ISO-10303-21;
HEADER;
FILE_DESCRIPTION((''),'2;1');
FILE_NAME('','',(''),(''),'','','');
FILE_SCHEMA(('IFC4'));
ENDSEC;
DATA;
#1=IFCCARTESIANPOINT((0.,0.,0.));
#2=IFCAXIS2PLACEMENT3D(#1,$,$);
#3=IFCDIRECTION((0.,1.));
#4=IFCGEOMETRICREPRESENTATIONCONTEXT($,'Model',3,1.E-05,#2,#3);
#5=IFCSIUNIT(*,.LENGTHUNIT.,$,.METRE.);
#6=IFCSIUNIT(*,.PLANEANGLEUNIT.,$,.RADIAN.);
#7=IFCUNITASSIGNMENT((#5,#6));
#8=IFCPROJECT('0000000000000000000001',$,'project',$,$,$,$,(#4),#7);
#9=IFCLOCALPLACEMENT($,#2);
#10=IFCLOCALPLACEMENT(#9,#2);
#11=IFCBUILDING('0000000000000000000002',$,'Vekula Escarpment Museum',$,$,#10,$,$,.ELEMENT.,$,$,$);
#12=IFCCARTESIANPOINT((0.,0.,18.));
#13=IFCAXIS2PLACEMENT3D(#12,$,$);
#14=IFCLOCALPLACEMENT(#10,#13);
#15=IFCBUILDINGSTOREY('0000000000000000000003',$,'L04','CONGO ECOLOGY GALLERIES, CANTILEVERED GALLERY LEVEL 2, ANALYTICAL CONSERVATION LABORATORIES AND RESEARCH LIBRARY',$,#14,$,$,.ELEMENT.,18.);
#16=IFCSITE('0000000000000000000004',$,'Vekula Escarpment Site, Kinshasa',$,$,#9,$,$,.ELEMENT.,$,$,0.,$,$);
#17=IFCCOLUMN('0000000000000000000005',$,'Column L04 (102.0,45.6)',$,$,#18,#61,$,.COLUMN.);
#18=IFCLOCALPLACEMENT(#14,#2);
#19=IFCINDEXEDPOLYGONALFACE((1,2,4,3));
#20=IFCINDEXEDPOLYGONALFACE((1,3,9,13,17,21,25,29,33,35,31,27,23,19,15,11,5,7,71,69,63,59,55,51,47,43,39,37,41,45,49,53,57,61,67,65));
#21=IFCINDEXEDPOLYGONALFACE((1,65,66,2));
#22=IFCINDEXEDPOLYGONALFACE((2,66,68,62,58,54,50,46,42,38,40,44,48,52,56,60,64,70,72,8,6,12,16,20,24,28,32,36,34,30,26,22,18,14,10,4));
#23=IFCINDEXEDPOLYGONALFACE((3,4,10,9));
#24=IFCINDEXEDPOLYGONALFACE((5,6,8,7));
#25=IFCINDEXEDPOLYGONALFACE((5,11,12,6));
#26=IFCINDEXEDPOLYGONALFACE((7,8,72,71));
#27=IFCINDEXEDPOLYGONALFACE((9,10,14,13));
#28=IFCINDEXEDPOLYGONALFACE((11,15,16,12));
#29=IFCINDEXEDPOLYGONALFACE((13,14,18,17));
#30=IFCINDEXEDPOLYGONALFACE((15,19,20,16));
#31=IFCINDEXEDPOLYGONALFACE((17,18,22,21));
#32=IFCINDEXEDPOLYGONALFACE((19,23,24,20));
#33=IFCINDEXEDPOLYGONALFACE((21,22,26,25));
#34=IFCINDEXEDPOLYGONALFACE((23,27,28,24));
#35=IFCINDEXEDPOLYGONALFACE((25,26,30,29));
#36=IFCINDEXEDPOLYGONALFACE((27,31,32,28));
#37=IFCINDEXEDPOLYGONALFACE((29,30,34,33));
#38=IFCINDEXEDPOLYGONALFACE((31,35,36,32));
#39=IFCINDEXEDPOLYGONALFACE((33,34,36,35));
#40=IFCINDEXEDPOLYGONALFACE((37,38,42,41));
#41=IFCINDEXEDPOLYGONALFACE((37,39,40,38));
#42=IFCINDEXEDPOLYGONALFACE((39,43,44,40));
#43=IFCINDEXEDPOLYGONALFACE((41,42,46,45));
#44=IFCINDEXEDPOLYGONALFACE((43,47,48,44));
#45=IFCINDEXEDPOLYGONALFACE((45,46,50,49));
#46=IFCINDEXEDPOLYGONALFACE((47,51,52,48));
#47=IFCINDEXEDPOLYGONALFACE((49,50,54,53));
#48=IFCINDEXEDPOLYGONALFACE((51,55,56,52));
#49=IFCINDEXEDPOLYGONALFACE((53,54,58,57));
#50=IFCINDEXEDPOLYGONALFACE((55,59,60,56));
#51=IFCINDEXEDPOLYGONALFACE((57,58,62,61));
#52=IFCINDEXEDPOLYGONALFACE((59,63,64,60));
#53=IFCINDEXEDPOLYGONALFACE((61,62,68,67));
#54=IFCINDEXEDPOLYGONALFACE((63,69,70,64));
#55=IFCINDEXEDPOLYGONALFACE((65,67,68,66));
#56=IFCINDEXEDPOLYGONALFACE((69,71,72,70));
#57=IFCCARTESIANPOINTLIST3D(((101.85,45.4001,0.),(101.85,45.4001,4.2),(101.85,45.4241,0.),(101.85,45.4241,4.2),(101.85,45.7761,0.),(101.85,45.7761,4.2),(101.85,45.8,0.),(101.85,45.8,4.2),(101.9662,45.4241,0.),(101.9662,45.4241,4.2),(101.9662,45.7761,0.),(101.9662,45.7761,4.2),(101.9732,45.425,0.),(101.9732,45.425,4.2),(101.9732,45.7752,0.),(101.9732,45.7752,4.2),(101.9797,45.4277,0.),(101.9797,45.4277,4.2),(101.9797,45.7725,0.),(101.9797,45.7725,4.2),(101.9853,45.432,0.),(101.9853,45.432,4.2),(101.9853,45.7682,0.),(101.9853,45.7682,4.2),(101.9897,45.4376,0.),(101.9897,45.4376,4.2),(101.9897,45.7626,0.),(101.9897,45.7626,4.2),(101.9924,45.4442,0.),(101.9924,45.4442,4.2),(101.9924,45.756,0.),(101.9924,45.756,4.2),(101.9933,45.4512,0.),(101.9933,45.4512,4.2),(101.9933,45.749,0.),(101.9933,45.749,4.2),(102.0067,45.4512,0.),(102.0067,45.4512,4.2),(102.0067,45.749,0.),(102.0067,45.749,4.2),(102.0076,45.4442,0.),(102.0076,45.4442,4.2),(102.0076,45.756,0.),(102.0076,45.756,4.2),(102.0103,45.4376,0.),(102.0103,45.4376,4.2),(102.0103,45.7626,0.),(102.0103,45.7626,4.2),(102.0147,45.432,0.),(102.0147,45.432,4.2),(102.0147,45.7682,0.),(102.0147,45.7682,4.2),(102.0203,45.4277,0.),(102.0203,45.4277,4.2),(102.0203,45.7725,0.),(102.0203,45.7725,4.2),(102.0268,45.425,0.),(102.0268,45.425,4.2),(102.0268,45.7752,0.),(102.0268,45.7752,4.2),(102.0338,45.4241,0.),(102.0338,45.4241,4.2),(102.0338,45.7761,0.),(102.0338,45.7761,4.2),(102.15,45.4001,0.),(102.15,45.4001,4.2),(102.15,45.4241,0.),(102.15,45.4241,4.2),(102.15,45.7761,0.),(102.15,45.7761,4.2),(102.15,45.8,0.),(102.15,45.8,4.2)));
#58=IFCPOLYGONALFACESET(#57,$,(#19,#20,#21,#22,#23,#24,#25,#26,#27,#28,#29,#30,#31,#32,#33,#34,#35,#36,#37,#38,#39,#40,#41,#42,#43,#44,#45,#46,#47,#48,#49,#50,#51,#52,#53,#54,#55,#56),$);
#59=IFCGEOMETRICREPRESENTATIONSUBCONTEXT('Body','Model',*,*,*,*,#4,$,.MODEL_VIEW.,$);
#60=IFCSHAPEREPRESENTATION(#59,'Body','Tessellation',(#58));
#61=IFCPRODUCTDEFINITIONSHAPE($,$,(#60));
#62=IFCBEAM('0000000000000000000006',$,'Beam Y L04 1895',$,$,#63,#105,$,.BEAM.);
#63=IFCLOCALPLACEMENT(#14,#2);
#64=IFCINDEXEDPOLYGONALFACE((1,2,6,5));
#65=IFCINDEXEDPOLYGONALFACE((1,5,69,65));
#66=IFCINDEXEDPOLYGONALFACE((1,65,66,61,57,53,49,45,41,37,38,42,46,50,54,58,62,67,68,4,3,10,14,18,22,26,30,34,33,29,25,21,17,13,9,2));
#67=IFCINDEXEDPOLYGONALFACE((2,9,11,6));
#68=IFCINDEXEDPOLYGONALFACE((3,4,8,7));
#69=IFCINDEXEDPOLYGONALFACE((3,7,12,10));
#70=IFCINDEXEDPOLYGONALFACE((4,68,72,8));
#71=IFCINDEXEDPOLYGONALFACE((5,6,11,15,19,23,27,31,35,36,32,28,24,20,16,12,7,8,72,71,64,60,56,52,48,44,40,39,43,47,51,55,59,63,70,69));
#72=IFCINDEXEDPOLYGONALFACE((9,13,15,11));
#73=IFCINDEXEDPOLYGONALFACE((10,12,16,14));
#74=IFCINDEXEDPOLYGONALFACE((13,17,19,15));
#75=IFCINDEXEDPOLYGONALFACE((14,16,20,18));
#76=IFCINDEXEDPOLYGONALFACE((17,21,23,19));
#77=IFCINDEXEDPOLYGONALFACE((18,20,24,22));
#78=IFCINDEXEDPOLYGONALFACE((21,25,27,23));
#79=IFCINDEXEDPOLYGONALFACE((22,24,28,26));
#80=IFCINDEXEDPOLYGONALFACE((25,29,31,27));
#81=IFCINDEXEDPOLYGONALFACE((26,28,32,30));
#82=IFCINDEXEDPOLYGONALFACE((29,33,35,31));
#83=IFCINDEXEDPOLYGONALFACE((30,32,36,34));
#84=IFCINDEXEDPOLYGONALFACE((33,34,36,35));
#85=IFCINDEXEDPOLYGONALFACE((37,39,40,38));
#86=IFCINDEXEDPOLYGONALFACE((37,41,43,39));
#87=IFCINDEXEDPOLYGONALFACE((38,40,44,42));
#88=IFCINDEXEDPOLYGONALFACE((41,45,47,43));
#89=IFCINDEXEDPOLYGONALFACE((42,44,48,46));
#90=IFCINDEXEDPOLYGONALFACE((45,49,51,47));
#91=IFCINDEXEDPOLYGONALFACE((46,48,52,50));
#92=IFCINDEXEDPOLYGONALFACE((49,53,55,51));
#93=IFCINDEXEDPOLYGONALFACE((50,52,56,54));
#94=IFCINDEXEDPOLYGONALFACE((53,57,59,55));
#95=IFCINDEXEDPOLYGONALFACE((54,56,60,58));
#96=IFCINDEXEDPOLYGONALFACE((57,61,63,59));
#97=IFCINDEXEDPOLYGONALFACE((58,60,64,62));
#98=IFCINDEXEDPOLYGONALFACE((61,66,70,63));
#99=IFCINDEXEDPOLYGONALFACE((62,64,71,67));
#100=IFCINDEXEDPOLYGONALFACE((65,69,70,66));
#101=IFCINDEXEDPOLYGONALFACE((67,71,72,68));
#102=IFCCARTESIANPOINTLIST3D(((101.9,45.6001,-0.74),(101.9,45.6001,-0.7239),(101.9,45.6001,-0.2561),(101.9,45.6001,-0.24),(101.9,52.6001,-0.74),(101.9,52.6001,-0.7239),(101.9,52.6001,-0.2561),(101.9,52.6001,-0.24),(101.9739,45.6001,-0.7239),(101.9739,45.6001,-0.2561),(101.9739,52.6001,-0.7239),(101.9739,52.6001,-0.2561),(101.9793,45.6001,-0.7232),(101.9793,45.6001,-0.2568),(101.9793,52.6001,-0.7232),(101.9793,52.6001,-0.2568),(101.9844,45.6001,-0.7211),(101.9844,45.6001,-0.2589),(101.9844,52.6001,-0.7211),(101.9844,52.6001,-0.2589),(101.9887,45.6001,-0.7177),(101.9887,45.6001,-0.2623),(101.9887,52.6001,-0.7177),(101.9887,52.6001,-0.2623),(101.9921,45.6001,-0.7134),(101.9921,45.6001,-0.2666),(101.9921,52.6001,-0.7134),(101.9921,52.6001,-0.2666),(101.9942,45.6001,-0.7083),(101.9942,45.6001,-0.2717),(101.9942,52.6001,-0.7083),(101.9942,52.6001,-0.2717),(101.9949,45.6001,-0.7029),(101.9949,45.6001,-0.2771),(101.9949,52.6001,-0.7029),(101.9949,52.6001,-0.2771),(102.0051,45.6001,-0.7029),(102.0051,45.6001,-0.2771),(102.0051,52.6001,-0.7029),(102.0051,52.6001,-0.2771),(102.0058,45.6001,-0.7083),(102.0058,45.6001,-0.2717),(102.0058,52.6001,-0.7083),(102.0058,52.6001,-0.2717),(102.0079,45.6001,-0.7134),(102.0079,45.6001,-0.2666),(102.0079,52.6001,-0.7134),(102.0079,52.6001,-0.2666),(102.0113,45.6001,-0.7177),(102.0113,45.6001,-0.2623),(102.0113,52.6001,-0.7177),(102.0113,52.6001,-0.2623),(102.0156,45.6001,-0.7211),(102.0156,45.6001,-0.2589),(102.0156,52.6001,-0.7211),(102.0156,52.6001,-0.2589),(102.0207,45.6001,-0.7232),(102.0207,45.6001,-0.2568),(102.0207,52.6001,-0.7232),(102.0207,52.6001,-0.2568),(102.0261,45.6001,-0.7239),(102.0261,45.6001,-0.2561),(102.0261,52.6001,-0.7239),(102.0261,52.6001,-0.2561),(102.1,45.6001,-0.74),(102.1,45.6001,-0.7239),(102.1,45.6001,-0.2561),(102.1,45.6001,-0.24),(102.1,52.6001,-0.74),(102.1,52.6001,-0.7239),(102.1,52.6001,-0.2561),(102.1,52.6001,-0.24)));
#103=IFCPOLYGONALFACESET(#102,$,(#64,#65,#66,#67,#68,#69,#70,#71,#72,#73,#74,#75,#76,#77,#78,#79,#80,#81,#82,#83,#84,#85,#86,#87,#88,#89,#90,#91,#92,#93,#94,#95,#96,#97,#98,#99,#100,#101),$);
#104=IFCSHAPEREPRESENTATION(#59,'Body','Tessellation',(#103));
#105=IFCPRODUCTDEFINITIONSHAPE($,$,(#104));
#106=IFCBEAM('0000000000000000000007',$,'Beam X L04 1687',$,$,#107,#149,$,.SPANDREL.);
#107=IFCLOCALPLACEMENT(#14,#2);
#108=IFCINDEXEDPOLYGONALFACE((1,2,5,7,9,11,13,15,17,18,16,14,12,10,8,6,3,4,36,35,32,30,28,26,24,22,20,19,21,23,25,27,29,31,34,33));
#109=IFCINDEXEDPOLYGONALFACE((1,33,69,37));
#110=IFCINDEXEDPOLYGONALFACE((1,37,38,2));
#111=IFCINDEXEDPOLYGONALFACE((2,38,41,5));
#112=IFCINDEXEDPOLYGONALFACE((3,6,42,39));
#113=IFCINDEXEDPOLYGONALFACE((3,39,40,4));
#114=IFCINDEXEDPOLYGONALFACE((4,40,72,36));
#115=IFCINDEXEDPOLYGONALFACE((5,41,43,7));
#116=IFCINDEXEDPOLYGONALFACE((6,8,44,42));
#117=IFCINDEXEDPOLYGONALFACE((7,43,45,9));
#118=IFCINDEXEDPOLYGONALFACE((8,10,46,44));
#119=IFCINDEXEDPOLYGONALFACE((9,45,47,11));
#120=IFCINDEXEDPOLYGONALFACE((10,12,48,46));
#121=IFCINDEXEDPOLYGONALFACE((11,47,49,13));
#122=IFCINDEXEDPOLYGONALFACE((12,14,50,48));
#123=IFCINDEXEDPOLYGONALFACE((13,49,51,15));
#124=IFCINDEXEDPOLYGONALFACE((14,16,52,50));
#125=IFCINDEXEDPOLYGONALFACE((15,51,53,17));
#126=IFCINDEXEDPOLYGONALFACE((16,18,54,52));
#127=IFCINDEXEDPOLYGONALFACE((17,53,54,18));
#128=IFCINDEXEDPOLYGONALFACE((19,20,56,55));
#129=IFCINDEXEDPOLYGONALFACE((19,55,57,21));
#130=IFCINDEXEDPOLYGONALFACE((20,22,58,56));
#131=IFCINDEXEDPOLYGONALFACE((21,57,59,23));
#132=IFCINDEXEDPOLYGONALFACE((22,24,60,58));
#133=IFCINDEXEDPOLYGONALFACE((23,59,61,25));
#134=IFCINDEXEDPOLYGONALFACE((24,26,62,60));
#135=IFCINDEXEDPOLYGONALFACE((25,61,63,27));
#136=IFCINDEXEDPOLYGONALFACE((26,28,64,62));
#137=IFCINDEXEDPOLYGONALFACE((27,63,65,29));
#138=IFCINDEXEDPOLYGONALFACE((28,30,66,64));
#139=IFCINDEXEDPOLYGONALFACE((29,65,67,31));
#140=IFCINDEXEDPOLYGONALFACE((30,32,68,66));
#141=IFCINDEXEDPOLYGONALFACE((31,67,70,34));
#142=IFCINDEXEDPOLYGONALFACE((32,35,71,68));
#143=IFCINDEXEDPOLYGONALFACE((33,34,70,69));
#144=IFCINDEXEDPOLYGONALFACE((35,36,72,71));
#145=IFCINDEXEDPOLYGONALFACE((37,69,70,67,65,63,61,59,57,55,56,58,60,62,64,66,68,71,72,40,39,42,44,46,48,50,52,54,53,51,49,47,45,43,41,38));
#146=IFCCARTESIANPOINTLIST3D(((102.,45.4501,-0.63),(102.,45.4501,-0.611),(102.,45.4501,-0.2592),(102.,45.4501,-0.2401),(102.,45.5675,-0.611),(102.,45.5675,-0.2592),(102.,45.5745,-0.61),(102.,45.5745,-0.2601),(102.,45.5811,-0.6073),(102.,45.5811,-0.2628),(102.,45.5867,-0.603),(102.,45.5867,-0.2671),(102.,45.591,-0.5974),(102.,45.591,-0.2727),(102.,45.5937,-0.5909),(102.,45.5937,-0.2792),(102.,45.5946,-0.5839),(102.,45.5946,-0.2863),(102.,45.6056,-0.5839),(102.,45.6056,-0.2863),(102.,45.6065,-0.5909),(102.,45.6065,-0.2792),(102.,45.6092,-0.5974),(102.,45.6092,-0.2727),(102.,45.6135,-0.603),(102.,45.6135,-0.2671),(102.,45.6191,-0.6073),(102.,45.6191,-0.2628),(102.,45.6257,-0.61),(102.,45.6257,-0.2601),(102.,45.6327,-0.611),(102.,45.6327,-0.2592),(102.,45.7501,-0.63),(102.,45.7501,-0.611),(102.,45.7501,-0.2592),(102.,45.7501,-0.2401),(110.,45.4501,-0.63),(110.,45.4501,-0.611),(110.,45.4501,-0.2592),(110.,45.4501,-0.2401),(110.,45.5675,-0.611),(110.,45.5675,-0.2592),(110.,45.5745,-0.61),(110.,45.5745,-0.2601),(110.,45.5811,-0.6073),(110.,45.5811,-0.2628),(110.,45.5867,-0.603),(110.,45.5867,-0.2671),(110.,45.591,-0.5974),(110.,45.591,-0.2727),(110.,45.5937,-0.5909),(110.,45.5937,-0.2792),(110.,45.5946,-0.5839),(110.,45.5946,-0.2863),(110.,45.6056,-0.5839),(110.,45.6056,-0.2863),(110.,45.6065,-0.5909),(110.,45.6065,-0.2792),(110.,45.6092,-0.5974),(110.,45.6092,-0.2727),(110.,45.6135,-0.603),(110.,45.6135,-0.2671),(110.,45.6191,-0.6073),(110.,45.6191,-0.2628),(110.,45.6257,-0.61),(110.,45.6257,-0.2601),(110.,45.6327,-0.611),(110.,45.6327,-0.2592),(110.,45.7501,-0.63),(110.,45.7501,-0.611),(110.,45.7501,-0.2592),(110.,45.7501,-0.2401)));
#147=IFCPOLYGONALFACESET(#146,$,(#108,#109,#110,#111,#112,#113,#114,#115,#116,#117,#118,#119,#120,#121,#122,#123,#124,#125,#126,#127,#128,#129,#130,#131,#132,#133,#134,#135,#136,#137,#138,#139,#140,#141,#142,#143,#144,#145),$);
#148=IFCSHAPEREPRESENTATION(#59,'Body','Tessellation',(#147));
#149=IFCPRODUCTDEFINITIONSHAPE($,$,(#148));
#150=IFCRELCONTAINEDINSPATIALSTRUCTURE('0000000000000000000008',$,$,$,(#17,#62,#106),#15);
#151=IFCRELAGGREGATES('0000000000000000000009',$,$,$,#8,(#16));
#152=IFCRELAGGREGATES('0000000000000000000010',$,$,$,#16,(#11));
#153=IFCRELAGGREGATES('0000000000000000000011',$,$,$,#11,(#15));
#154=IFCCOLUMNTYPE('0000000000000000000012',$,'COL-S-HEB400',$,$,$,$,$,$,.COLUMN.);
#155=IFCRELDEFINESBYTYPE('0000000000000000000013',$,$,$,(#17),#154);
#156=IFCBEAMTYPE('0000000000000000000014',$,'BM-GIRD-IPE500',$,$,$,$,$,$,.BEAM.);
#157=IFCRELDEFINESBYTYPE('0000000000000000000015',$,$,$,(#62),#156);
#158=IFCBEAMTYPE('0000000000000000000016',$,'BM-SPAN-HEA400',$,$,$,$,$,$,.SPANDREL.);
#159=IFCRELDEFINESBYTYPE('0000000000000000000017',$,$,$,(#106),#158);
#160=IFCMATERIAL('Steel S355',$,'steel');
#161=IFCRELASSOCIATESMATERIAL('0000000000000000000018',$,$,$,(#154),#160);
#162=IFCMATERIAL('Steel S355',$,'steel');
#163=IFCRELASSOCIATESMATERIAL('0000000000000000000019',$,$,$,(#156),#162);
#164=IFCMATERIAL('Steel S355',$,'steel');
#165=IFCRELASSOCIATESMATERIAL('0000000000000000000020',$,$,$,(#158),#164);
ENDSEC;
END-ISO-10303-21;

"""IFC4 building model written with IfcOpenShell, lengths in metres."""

from ifc_helpers import new_model, si_unit, direction, frame, origin, origin_2d, place, context, subcontext, project, spatial, i_section, extrude, material, material_profile, profile_set, type_object, element, save


model = new_model("IFC4")

# Units and contexts
model_context = context("Model", 3, precision=1e-05, world=origin(), true_north=direction((0.0, 1.0)))
body_context = subcontext(model_context, "Body", "Model", "MODEL_VIEW")
ifc_project = project(units=[si_unit("LENGTHUNIT", "METRE"), si_unit("PLANEANGLEUNIT", "RADIAN")], contexts=[model_context])

# Site, building, storey
site_placement = place(None, origin())
site = spatial("IfcSite", under=ifc_project, at=site_placement, Name="Vekula Escarpment Site, Kinshasa", CompositionType="ELEMENT", RefElevation=0.0)
building_placement = place(site_placement, origin())
building = spatial("IfcBuilding", under=site, at=building_placement, Name="Vekula Escarpment Museum", CompositionType="ELEMENT")
storey_placement = place(building_placement, frame((0.0, 0.0, 18.0)))
storey = spatial("IfcBuildingStorey", under=building, at=storey_placement, Name="L04", Description="CONGO ECOLOGY GALLERIES, CANTILEVERED GALLERY LEVEL 2, ANALYTICAL CONSERVATION LABORATORIES AND RESEARCH LIBRARY", CompositionType="ELEMENT", Elevation=18.0)

# Column
ifc_material_1 = material(Name="Steel S355", Category="steel")
ifc_material_profile_1 = material_profile(ifc_material_1, i_section(OverallWidth=0.3, OverallDepth=0.3999, WebThickness=0.0134, FlangeThickness=0.0239, FilletRadius=0.0271, at=origin_2d()), Name="HEB 400")
ifc_profile_set_1 = profile_set([ifc_material_profile_1], Name="Steel S355")
column_type = type_object("IfcColumnType", Name="COL-S-HEB400", PredefinedType="COLUMN", material=ifc_profile_set_1)
column_placement = place(storey_placement, frame((102.0, 45.6001, 0.0), z_axis=(0.0, 0.0, 1.0), x_axis=(1.0, 0.0, 0.0)))
element("IfcColumn", 1, at=column_placement, inside=storey, type_object=column_type, Name="Column L04 (102.0,45.6)", PredefinedType="COLUMN", context=body_context, shape_type="SweptSolid", body=[
    extrude(i_section(OverallWidth=0.3, OverallDepth=0.3999, WebThickness=0.0134, FlangeThickness=0.0239, FilletRadius=0.0271, at=origin_2d()), origin(), (0.0, 0.0, 1.0), 4.2),
])

# Beams
ifc_material_2 = material(Name="Steel S355", Category="steel")
ifc_material_profile_2 = material_profile(ifc_material_2, i_section(OverallWidth=0.2, OverallDepth=0.5, WebThickness=0.0103, FlangeThickness=0.0161, FilletRadius=0.021, at=origin_2d()), Name="IPE 500")
ifc_profile_set_2 = profile_set([ifc_material_profile_2], Name="Steel S355")
beam_type_1 = type_object("IfcBeamType", Name="BM-GIRD-IPE500", PredefinedType="BEAM", material=ifc_profile_set_2)
beam_1_placement = place(storey_placement, frame((102.0, 45.6001, -0.49), z_axis=(0.0, 1.0, 0.0), x_axis=(-1.0, 0.0, 0.0)))
element("IfcBeam", 2, at=beam_1_placement, inside=storey, type_object=beam_type_1, Name="Beam Y L04 1895", PredefinedType="BEAM", context=body_context, shape_type="SweptSolid", body=[
    extrude(i_section(OverallWidth=0.2, OverallDepth=0.5, WebThickness=0.0103, FlangeThickness=0.0161, FilletRadius=0.021, at=origin_2d()), origin(), (0.0, 0.0, 1.0), 7.0),
])
ifc_material_3 = material(Name="Steel S355", Category="steel")
ifc_material_profile_3 = material_profile(ifc_material_3, i_section(OverallWidth=0.3, OverallDepth=0.3899, WebThickness=0.011, FlangeThickness=0.019, FilletRadius=0.0271, at=origin_2d()), Name="HEA 400")
ifc_profile_set_3 = profile_set([ifc_material_profile_3], Name="Steel S355")
beam_type_2 = type_object("IfcBeamType", Name="BM-SPAN-HEA400", PredefinedType="SPANDREL", material=ifc_profile_set_3)
beam_2_placement = place(storey_placement, frame((102.0, 45.6001, -0.4351), z_axis=(1.0, 0.0, 0.0), x_axis=(0.0, 1.0, 0.0)))
element("IfcBeam", 3, at=beam_2_placement, inside=storey, type_object=beam_type_2, Name="Beam X L04 1687", PredefinedType="SPANDREL", context=body_context, shape_type="SweptSolid", body=[
    extrude(i_section(OverallWidth=0.3, OverallDepth=0.3899, WebThickness=0.011, FlangeThickness=0.019, FilletRadius=0.0271, at=origin_2d()), origin(), (0.0, 0.0, 1.0), 8.0),
])

save(model, "model.ifc")
